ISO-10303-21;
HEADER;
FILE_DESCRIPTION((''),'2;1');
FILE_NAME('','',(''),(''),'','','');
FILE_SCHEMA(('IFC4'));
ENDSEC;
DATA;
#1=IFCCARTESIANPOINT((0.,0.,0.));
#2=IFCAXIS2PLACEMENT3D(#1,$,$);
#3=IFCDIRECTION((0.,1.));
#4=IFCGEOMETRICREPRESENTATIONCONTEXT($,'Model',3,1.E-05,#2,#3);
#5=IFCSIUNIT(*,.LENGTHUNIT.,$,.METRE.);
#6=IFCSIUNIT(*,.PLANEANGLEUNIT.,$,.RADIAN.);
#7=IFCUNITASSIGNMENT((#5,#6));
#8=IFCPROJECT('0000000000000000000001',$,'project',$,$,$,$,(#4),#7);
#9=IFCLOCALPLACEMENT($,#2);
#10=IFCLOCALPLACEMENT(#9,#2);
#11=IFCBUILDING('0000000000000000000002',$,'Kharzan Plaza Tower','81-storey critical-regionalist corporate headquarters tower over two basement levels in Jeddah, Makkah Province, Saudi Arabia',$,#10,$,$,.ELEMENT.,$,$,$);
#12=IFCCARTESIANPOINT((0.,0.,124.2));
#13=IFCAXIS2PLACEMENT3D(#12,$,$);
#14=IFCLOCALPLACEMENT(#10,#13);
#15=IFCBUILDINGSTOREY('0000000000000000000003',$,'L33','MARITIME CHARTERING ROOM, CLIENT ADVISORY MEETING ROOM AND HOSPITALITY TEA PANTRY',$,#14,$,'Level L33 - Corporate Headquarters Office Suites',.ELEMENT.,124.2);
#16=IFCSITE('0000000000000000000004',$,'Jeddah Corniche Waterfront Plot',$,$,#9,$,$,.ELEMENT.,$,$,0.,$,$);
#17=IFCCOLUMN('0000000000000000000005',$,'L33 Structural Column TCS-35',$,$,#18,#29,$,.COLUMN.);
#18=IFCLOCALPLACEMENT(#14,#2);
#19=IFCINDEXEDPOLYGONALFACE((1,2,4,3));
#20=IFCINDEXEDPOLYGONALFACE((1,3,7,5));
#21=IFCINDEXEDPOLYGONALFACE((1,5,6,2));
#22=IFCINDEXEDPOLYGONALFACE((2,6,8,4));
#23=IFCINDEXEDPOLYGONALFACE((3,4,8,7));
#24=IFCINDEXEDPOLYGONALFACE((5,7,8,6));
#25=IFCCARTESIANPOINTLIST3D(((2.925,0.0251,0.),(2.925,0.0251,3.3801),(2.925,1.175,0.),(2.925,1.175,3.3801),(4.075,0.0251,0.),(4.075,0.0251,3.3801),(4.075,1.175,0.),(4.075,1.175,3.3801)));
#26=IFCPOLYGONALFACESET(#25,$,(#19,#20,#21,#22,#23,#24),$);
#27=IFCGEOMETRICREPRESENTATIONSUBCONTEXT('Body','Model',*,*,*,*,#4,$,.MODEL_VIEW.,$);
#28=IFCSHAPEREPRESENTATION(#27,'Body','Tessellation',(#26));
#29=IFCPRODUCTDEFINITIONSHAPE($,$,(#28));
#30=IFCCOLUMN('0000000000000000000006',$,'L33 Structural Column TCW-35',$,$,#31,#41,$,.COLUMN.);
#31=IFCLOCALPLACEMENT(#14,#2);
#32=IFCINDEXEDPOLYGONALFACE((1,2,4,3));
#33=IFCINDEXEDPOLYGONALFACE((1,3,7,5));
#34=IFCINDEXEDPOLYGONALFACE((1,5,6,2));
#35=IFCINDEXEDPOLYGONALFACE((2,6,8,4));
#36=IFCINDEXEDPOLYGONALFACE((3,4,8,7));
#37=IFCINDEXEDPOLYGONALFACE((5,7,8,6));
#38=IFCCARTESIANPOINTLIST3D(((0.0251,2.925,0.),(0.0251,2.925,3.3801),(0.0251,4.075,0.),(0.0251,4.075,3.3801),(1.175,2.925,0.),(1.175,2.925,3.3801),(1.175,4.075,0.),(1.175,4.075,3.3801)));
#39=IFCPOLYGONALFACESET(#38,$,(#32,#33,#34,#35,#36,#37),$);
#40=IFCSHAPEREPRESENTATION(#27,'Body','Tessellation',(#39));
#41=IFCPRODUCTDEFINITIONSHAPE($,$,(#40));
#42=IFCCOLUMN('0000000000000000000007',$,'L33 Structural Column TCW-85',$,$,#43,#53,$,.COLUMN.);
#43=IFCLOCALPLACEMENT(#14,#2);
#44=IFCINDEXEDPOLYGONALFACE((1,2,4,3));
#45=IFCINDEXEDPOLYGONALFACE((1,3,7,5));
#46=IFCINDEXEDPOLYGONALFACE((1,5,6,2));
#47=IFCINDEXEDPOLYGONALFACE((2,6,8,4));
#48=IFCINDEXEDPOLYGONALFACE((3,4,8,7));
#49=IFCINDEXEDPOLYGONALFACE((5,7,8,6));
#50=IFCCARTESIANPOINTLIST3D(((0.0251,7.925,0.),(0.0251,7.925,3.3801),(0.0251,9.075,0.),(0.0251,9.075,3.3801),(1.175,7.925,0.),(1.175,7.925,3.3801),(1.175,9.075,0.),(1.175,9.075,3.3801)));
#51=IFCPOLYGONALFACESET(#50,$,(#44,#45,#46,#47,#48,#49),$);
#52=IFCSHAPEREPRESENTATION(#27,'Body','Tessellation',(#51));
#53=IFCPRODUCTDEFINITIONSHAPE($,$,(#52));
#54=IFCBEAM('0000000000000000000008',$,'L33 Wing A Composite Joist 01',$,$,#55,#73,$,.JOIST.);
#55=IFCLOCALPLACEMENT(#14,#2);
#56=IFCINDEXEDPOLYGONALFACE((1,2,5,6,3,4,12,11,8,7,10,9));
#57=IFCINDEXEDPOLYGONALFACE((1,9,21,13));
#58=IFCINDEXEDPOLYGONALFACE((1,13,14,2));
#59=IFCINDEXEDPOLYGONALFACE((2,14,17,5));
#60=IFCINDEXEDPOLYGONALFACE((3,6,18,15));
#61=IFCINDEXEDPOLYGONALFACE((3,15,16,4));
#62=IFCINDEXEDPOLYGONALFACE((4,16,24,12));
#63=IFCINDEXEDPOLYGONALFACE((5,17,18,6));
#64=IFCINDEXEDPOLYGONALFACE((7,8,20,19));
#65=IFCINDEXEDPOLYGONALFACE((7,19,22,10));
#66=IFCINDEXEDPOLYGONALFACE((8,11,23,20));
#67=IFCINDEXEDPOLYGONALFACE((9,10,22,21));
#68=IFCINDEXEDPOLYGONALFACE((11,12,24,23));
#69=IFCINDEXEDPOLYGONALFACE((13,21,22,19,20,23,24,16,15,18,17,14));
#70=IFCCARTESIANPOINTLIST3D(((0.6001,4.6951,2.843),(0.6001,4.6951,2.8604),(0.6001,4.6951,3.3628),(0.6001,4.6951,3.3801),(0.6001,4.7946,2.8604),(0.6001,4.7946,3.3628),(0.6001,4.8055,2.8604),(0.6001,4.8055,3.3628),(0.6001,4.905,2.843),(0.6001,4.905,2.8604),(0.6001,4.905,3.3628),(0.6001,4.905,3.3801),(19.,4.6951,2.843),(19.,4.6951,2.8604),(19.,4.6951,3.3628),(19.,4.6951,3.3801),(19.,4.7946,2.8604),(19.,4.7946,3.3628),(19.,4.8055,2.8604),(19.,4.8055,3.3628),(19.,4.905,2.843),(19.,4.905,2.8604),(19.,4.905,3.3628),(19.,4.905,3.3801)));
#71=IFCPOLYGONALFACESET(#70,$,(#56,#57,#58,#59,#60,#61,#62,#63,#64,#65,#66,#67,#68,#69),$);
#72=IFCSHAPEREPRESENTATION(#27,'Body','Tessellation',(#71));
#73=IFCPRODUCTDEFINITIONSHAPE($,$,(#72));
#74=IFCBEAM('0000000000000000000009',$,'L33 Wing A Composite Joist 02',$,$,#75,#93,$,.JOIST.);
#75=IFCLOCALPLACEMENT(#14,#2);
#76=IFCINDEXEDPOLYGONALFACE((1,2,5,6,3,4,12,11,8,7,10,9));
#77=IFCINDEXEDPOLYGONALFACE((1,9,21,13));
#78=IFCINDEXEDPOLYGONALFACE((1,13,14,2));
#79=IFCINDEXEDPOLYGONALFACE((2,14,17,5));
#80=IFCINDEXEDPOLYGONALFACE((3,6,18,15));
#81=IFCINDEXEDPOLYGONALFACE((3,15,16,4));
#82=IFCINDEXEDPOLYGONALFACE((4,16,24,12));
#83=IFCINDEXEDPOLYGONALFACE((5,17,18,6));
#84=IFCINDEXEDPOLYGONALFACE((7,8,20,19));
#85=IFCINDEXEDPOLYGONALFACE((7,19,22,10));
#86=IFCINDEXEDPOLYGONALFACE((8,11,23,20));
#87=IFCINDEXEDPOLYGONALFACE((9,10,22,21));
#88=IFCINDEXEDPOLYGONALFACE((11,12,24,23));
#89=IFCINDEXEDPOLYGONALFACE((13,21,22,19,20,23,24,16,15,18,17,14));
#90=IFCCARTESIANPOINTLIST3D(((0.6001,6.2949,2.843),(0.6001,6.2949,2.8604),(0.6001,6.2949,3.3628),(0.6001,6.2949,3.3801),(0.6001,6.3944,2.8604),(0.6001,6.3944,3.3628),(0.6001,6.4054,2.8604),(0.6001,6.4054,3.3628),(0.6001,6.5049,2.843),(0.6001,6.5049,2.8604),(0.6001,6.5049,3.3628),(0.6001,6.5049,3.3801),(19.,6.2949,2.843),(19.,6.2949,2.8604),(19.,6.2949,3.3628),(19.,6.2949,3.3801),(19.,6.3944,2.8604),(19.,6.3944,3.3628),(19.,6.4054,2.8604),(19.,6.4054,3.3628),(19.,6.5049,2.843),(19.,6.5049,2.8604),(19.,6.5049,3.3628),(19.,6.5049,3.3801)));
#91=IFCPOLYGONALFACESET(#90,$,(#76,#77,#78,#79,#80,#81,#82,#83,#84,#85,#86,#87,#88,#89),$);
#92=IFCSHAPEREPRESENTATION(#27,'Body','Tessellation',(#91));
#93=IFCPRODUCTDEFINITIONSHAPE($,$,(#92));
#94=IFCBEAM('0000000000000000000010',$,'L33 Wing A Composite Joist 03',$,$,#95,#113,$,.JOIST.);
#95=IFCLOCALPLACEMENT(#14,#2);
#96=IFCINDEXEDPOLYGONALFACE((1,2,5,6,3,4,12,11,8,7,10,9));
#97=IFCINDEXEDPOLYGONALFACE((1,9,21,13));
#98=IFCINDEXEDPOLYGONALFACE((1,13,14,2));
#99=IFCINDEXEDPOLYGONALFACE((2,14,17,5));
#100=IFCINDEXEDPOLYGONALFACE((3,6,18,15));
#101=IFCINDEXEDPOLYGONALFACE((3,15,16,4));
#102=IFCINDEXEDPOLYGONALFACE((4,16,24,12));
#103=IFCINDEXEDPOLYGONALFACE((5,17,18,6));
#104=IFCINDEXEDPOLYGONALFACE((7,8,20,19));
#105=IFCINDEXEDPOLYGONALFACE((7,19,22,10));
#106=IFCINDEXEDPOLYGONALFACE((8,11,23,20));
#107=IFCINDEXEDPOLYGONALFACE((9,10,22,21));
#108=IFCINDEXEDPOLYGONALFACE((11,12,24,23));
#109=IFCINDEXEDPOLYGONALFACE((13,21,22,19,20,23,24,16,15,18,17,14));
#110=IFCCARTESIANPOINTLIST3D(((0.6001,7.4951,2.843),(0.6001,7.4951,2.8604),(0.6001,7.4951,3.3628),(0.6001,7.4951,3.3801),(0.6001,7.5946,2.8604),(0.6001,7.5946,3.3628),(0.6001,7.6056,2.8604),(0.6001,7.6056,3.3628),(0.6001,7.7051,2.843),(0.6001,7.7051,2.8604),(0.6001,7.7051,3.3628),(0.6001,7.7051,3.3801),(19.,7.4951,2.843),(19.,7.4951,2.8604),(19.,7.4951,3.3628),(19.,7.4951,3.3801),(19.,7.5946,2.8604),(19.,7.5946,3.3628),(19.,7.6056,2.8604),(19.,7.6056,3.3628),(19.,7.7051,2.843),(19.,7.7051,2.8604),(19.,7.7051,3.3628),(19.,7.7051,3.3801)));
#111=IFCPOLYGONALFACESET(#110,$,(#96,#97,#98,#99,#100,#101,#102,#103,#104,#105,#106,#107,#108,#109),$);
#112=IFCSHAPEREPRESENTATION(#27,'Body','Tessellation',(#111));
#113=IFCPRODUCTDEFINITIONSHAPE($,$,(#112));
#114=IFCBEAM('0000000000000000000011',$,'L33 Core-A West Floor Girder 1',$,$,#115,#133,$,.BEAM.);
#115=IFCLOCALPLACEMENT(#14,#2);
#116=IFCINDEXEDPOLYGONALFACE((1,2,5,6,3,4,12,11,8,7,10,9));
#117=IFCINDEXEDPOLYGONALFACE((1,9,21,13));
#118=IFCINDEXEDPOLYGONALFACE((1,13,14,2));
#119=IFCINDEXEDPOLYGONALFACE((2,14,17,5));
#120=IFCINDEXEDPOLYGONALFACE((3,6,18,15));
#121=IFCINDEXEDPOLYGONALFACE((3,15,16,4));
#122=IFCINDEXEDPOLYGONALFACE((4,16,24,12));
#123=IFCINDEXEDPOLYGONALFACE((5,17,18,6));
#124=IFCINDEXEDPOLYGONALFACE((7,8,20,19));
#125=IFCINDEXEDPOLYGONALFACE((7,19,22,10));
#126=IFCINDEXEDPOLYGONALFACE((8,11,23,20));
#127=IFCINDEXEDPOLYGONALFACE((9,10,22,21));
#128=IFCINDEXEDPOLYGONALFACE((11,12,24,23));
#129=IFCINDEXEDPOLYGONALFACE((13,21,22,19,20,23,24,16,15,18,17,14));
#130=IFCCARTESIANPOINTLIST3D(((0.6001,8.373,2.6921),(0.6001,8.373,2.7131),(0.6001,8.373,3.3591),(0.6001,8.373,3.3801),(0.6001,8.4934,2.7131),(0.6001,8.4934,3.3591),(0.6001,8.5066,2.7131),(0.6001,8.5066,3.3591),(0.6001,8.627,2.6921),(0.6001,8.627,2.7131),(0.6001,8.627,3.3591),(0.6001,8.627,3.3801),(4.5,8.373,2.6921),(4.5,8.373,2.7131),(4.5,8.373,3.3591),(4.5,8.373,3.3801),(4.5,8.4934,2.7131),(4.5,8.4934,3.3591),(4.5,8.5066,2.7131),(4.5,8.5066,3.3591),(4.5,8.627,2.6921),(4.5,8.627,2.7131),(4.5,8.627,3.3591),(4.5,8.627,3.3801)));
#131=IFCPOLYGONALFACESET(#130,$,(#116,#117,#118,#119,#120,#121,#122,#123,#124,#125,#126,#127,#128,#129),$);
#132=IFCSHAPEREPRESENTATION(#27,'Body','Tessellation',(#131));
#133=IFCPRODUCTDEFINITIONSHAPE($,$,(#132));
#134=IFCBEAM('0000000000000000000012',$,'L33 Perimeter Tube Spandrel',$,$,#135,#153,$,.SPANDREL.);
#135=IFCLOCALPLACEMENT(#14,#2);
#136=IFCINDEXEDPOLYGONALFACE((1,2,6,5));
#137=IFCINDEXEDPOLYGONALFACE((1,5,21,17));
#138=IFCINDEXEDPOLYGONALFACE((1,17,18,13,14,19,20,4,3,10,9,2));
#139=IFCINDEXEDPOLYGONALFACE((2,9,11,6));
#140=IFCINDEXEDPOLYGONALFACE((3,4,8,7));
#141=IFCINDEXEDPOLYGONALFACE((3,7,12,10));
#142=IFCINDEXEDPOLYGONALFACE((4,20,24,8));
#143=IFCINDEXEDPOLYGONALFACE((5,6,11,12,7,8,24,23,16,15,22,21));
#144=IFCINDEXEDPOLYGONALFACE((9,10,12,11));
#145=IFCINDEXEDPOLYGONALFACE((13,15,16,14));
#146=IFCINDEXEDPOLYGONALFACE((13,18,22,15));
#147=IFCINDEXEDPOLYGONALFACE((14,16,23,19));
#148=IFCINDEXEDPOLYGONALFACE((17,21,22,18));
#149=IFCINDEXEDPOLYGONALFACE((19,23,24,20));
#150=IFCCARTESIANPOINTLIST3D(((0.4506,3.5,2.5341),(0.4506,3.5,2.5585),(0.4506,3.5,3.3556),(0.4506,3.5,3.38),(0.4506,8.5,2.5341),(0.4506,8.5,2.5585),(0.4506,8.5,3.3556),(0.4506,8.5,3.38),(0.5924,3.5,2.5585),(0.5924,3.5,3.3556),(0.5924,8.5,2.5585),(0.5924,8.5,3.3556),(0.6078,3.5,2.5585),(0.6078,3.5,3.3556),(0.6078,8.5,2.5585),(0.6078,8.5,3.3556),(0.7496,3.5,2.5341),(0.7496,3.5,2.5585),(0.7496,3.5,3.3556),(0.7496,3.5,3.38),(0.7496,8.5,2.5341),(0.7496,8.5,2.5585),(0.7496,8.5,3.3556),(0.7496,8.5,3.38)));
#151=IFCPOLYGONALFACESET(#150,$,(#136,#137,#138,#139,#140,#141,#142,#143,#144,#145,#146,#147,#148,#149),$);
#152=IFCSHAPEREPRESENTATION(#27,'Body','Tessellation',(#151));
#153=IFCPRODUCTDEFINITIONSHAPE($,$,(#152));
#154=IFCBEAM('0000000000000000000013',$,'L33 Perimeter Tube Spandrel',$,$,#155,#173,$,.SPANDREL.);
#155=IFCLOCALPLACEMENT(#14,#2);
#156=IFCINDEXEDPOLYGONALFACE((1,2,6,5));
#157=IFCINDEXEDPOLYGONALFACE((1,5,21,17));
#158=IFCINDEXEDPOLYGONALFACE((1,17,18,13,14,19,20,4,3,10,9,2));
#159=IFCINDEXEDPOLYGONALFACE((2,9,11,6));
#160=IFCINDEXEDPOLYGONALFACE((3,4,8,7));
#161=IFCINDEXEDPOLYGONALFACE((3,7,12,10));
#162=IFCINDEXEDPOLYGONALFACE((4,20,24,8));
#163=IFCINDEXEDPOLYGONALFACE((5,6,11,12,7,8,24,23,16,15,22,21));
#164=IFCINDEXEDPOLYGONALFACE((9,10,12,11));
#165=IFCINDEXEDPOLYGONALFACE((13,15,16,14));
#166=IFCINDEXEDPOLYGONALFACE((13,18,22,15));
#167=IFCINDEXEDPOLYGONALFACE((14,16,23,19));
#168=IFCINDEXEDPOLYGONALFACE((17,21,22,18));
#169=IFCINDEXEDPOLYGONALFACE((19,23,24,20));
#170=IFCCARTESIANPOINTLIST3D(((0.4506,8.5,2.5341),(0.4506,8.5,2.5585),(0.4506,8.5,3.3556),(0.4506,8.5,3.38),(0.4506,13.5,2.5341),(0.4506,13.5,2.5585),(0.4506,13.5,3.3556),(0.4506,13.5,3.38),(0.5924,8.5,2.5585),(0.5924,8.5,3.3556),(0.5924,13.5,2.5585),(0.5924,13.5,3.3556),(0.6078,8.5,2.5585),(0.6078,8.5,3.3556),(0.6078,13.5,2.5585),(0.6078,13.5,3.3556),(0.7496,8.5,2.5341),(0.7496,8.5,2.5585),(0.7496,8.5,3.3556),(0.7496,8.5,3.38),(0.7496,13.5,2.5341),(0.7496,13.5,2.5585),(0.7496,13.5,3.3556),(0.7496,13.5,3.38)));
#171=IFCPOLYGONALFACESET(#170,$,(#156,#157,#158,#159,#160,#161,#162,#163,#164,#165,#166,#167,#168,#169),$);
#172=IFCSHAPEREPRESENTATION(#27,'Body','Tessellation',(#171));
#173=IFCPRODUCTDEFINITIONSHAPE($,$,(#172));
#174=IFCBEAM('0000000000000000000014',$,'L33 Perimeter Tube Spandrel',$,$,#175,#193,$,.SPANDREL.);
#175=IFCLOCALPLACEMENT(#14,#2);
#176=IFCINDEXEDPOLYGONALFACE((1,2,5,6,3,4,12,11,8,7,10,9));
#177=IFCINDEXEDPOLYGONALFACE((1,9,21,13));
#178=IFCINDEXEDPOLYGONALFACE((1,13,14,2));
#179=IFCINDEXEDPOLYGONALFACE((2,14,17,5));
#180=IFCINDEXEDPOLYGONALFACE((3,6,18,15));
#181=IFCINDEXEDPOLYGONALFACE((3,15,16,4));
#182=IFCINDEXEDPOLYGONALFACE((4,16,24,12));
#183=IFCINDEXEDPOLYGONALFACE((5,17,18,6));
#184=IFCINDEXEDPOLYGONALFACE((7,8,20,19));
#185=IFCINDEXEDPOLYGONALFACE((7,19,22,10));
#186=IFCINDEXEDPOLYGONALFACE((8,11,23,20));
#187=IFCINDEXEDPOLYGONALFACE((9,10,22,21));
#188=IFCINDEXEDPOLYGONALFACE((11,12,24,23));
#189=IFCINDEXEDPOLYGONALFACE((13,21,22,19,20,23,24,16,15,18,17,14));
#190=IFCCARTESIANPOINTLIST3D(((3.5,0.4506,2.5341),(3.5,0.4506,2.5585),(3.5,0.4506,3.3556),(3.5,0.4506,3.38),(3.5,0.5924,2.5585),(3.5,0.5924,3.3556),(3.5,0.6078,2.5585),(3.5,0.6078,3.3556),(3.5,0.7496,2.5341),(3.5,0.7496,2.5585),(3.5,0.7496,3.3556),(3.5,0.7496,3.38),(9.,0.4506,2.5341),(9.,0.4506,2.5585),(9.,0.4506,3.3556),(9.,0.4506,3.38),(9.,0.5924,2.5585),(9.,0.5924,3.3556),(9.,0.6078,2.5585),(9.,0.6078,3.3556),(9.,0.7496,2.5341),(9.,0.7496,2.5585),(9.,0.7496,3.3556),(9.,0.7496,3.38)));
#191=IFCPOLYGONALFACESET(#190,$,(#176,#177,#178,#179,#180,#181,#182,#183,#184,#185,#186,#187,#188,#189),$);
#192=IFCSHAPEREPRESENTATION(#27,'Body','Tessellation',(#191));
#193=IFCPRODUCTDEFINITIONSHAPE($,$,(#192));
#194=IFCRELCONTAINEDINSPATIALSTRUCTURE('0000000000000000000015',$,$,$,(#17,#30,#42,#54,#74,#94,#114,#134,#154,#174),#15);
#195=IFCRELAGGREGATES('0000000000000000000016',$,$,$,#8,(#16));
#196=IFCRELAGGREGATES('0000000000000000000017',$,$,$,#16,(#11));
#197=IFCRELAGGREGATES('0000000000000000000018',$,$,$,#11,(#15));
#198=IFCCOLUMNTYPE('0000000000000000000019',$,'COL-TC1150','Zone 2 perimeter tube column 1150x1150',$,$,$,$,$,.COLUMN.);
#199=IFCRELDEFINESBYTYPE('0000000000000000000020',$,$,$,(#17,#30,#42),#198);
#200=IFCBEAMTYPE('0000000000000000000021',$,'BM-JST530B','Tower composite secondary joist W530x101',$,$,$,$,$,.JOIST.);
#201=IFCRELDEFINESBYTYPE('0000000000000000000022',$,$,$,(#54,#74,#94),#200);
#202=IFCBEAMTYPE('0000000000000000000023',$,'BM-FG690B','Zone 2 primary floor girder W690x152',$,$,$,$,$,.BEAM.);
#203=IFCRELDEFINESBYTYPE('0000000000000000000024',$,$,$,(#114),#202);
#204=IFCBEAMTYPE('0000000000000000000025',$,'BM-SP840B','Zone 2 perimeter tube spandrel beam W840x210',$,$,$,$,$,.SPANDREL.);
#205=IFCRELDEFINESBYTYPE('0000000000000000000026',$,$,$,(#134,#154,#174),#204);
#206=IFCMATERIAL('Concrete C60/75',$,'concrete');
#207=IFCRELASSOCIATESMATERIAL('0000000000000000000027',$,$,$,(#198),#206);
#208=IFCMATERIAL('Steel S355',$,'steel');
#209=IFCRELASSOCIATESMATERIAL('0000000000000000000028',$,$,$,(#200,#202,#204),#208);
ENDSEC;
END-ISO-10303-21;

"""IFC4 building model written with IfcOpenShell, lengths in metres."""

from ifc_helpers import new_model, si_unit, direction, frame, origin, origin_2d, place, context, subcontext, project, spatial, rectangle, i_section, extrude, source, transform, mapped, material, material_profile, profile_set, type_object, element, save


model = new_model("IFC4")

# Units and contexts
model_context = context("Model", 3, precision=1e-05, world=origin(), true_north=direction((0.0, 1.0)))
body_context = subcontext(model_context, "Body", "Model", "MODEL_VIEW")
ifc_project = project(units=[si_unit("LENGTHUNIT", "METRE"), si_unit("PLANEANGLEUNIT", "RADIAN")], contexts=[model_context])

# Site, building, storey
site_placement = place(None, origin())
site = spatial("IfcSite", under=ifc_project, at=site_placement, Name="Jeddah Corniche Waterfront Plot", CompositionType="ELEMENT", RefElevation=0.0)
building_placement = place(site_placement, origin())
building = spatial("IfcBuilding", under=site, at=building_placement, Name="Kharzan Plaza Tower", Description="81-storey critical-regionalist corporate headquarters tower over two basement levels in Jeddah, Makkah Province, Saudi Arabia", CompositionType="ELEMENT")
storey_placement = place(building_placement, frame((0.0, 0.0, 124.2)))
storey = spatial("IfcBuildingStorey", under=building, at=storey_placement, Name="L33", Description="MARITIME CHARTERING ROOM, CLIENT ADVISORY MEETING ROOM AND HOSPITALITY TEA PANTRY", LongName="Level L33 - Corporate Headquarters Office Suites", CompositionType="ELEMENT", Elevation=124.2)

# Columns
ifc_material_1 = material(Name="Concrete C60/75", Category="concrete")
ifc_material_profile_1 = material_profile(ifc_material_1, rectangle(XDim=1.1499, YDim=1.1499, at=origin_2d()), Name="RC-TC1150x1150")
ifc_profile_set_1 = profile_set([ifc_material_profile_1], Name="Concrete C60/75")
column_type = type_object("IfcColumnType", Name="COL-TC1150", Description="Zone 2 perimeter tube column 1150x1150", PredefinedType="COLUMN", material=ifc_profile_set_1)
shared_shape_1 = source(origin(), body_context, "Body", "SweptSolid", [
    extrude(rectangle(XDim=1.1499, YDim=1.1499, at=origin_2d()), origin(), (0.0, 0.0, 1.0), 3.3801),
])
for number, where, z_axis, x_axis, name in (
    (1, (3.5, 0.6001, 0.0), (0.0, 0.0, 1.0), (1.0, 0.0, 0.0), "L33 Structural Column TCS-35"),
    (2, (0.6001, 3.5, 0.0), (0.0, 0.0, 1.0), (1.0, 0.0, 0.0), "L33 Structural Column TCW-35"),
    (3, (0.6001, 8.5, 0.0), (0.0, 0.0, 1.0), (1.0, 0.0, 0.0), "L33 Structural Column TCW-85"),
):
    element("IfcColumn", number, at=place(storey_placement, frame(where, z_axis=z_axis, x_axis=x_axis)), inside=storey, type_object=column_type, Name=name, PredefinedType="COLUMN", context=body_context, shape_type="MappedRepresentation", body=[
        mapped(shared_shape_1, transform((0.0, 0.0, 0.0), x_axis=(1.0, 0.0, 0.0), y_axis=(0.0, 1.0, 0.0), z_axis=(0.0, 0.0, 1.0))),
    ])

# Beams
ifc_material_2 = material(Name="Steel S355", Category="steel")
ifc_material_profile_2 = material_profile(ifc_material_2, i_section(OverallWidth=0.21, OverallDepth=0.5371, WebThickness=0.011, FlangeThickness=0.0173, at=origin_2d()), Name="W530x101")
ifc_profile_set_2 = profile_set([ifc_material_profile_2], Name="Steel S355")
beam_type_1 = type_object("IfcBeamType", Name="BM-JST530B", Description="Tower composite secondary joist W530x101", PredefinedType="JOIST", material=ifc_profile_set_2)
shared_shape_2 = source(origin(), body_context, "Body", "SweptSolid", [
    extrude(i_section(OverallWidth=0.21, OverallDepth=0.5371, WebThickness=0.011, FlangeThickness=0.0173, at=origin_2d()), origin(), (0.0, 0.0, 1.0), 18.3999),
])
for number, where, z_axis, x_axis, name in (
    (4, (0.6001, 4.8, 3.1116), (1.0, 0.0, 0.0), (0.0, 1.0, 0.0), "L33 Wing A Composite Joist 01"),
    (5, (0.6001, 6.3999, 3.1116), (1.0, 0.0, 0.0), (0.0, 1.0, 0.0), "L33 Wing A Composite Joist 02"),
    (6, (0.6001, 7.6001, 3.1116), (1.0, 0.0, 0.0), (0.0, 1.0, 0.0), "L33 Wing A Composite Joist 03"),
):
    element("IfcBeam", number, at=place(storey_placement, frame(where, z_axis=z_axis, x_axis=x_axis)), inside=storey, type_object=beam_type_1, Name=name, PredefinedType="JOIST", context=body_context, shape_type="MappedRepresentation", body=[
        mapped(shared_shape_2, transform((0.0, 0.0, 0.0), x_axis=(1.0, 0.0, 0.0), y_axis=(0.0, 1.0, 0.0), z_axis=(0.0, 0.0, 1.0))),
    ])
ifc_material_profile_3 = material_profile(ifc_material_2, i_section(OverallWidth=0.2539, OverallDepth=0.688, WebThickness=0.0132, FlangeThickness=0.021, at=origin_2d()), Name="W690x152")
ifc_profile_set_3 = profile_set([ifc_material_profile_3], Name="Steel S355")
beam_type_2 = type_object("IfcBeamType", Name="BM-FG690B", Description="Zone 2 primary floor girder W690x152", PredefinedType="BEAM", material=ifc_profile_set_3)
shared_shape_3 = source(origin(), body_context, "Body", "SweptSolid", [
    extrude(i_section(OverallWidth=0.2539, OverallDepth=0.688, WebThickness=0.0132, FlangeThickness=0.021, at=origin_2d()), origin(), (0.0, 0.0, 1.0), 3.8999),
])
beam_1_placement = place(storey_placement, frame((0.6001, 8.5, 3.0361), z_axis=(1.0, 0.0, 0.0), x_axis=(0.0, 1.0, 0.0)))
element("IfcBeam", 7, at=beam_1_placement, inside=storey, type_object=beam_type_2, Name="L33 Core-A West Floor Girder 1", PredefinedType="BEAM", context=body_context, shape_type="MappedRepresentation", body=[
    mapped(shared_shape_3, transform((0.0, 0.0, 0.0), x_axis=(1.0, 0.0, 0.0), y_axis=(0.0, 1.0, 0.0), z_axis=(0.0, 0.0, 1.0))),
])
ifc_material_profile_4 = material_profile(ifc_material_2, i_section(OverallWidth=0.2991, OverallDepth=0.8459, WebThickness=0.0154, FlangeThickness=0.0244, at=origin_2d()), Name="W840x210")
ifc_profile_set_4 = profile_set([ifc_material_profile_4], Name="Steel S355")
beam_type_3 = type_object("IfcBeamType", Name="BM-SP840B", Description="Zone 2 perimeter tube spandrel beam W840x210", PredefinedType="SPANDREL", material=ifc_profile_set_4)
shared_shape_4 = source(origin(), body_context, "Body", "SweptSolid", [
    extrude(i_section(OverallWidth=0.2991, OverallDepth=0.8459, WebThickness=0.0154, FlangeThickness=0.0244, at=origin_2d()), origin(), (0.0, 0.0, 1.0), 5.0),
])
for number, where, z_axis, x_axis, name in (
    (8, (0.6001, 3.5, 2.957), (0.0, 1.0, 0.0), (-1.0, 0.0, 0.0), "L33 Perimeter Tube Spandrel"),
    (9, (0.6001, 8.5, 2.957), (0.0, 1.0, 0.0), (-1.0, 0.0, 0.0), "L33 Perimeter Tube Spandrel"),
):
    element("IfcBeam", number, at=place(storey_placement, frame(where, z_axis=z_axis, x_axis=x_axis)), inside=storey, type_object=beam_type_3, Name=name, PredefinedType="SPANDREL", context=body_context, shape_type="MappedRepresentation", body=[
        mapped(shared_shape_4, transform((0.0, 0.0, 0.0), x_axis=(1.0, 0.0, 0.0), y_axis=(0.0, 1.0, 0.0), z_axis=(0.0, 0.0, 1.0))),
    ])
shared_shape_5 = source(origin(), body_context, "Body", "SweptSolid", [
    extrude(i_section(OverallWidth=0.2991, OverallDepth=0.8459, WebThickness=0.0154, FlangeThickness=0.0244, at=origin_2d()), origin(), (0.0, 0.0, 1.0), 5.5),
])
beam_2_placement = place(storey_placement, frame((3.5, 0.6001, 2.957), z_axis=(1.0, 0.0, 0.0), x_axis=(0.0, 1.0, 0.0)))
element("IfcBeam", 10, at=beam_2_placement, inside=storey, type_object=beam_type_3, Name="L33 Perimeter Tube Spandrel", PredefinedType="SPANDREL", context=body_context, shape_type="MappedRepresentation", body=[
    mapped(shared_shape_5, transform((0.0, 0.0, 0.0), x_axis=(1.0, 0.0, 0.0), y_axis=(0.0, 1.0, 0.0), z_axis=(0.0, 0.0, 1.0))),
])

save(model, "model.ifc")
